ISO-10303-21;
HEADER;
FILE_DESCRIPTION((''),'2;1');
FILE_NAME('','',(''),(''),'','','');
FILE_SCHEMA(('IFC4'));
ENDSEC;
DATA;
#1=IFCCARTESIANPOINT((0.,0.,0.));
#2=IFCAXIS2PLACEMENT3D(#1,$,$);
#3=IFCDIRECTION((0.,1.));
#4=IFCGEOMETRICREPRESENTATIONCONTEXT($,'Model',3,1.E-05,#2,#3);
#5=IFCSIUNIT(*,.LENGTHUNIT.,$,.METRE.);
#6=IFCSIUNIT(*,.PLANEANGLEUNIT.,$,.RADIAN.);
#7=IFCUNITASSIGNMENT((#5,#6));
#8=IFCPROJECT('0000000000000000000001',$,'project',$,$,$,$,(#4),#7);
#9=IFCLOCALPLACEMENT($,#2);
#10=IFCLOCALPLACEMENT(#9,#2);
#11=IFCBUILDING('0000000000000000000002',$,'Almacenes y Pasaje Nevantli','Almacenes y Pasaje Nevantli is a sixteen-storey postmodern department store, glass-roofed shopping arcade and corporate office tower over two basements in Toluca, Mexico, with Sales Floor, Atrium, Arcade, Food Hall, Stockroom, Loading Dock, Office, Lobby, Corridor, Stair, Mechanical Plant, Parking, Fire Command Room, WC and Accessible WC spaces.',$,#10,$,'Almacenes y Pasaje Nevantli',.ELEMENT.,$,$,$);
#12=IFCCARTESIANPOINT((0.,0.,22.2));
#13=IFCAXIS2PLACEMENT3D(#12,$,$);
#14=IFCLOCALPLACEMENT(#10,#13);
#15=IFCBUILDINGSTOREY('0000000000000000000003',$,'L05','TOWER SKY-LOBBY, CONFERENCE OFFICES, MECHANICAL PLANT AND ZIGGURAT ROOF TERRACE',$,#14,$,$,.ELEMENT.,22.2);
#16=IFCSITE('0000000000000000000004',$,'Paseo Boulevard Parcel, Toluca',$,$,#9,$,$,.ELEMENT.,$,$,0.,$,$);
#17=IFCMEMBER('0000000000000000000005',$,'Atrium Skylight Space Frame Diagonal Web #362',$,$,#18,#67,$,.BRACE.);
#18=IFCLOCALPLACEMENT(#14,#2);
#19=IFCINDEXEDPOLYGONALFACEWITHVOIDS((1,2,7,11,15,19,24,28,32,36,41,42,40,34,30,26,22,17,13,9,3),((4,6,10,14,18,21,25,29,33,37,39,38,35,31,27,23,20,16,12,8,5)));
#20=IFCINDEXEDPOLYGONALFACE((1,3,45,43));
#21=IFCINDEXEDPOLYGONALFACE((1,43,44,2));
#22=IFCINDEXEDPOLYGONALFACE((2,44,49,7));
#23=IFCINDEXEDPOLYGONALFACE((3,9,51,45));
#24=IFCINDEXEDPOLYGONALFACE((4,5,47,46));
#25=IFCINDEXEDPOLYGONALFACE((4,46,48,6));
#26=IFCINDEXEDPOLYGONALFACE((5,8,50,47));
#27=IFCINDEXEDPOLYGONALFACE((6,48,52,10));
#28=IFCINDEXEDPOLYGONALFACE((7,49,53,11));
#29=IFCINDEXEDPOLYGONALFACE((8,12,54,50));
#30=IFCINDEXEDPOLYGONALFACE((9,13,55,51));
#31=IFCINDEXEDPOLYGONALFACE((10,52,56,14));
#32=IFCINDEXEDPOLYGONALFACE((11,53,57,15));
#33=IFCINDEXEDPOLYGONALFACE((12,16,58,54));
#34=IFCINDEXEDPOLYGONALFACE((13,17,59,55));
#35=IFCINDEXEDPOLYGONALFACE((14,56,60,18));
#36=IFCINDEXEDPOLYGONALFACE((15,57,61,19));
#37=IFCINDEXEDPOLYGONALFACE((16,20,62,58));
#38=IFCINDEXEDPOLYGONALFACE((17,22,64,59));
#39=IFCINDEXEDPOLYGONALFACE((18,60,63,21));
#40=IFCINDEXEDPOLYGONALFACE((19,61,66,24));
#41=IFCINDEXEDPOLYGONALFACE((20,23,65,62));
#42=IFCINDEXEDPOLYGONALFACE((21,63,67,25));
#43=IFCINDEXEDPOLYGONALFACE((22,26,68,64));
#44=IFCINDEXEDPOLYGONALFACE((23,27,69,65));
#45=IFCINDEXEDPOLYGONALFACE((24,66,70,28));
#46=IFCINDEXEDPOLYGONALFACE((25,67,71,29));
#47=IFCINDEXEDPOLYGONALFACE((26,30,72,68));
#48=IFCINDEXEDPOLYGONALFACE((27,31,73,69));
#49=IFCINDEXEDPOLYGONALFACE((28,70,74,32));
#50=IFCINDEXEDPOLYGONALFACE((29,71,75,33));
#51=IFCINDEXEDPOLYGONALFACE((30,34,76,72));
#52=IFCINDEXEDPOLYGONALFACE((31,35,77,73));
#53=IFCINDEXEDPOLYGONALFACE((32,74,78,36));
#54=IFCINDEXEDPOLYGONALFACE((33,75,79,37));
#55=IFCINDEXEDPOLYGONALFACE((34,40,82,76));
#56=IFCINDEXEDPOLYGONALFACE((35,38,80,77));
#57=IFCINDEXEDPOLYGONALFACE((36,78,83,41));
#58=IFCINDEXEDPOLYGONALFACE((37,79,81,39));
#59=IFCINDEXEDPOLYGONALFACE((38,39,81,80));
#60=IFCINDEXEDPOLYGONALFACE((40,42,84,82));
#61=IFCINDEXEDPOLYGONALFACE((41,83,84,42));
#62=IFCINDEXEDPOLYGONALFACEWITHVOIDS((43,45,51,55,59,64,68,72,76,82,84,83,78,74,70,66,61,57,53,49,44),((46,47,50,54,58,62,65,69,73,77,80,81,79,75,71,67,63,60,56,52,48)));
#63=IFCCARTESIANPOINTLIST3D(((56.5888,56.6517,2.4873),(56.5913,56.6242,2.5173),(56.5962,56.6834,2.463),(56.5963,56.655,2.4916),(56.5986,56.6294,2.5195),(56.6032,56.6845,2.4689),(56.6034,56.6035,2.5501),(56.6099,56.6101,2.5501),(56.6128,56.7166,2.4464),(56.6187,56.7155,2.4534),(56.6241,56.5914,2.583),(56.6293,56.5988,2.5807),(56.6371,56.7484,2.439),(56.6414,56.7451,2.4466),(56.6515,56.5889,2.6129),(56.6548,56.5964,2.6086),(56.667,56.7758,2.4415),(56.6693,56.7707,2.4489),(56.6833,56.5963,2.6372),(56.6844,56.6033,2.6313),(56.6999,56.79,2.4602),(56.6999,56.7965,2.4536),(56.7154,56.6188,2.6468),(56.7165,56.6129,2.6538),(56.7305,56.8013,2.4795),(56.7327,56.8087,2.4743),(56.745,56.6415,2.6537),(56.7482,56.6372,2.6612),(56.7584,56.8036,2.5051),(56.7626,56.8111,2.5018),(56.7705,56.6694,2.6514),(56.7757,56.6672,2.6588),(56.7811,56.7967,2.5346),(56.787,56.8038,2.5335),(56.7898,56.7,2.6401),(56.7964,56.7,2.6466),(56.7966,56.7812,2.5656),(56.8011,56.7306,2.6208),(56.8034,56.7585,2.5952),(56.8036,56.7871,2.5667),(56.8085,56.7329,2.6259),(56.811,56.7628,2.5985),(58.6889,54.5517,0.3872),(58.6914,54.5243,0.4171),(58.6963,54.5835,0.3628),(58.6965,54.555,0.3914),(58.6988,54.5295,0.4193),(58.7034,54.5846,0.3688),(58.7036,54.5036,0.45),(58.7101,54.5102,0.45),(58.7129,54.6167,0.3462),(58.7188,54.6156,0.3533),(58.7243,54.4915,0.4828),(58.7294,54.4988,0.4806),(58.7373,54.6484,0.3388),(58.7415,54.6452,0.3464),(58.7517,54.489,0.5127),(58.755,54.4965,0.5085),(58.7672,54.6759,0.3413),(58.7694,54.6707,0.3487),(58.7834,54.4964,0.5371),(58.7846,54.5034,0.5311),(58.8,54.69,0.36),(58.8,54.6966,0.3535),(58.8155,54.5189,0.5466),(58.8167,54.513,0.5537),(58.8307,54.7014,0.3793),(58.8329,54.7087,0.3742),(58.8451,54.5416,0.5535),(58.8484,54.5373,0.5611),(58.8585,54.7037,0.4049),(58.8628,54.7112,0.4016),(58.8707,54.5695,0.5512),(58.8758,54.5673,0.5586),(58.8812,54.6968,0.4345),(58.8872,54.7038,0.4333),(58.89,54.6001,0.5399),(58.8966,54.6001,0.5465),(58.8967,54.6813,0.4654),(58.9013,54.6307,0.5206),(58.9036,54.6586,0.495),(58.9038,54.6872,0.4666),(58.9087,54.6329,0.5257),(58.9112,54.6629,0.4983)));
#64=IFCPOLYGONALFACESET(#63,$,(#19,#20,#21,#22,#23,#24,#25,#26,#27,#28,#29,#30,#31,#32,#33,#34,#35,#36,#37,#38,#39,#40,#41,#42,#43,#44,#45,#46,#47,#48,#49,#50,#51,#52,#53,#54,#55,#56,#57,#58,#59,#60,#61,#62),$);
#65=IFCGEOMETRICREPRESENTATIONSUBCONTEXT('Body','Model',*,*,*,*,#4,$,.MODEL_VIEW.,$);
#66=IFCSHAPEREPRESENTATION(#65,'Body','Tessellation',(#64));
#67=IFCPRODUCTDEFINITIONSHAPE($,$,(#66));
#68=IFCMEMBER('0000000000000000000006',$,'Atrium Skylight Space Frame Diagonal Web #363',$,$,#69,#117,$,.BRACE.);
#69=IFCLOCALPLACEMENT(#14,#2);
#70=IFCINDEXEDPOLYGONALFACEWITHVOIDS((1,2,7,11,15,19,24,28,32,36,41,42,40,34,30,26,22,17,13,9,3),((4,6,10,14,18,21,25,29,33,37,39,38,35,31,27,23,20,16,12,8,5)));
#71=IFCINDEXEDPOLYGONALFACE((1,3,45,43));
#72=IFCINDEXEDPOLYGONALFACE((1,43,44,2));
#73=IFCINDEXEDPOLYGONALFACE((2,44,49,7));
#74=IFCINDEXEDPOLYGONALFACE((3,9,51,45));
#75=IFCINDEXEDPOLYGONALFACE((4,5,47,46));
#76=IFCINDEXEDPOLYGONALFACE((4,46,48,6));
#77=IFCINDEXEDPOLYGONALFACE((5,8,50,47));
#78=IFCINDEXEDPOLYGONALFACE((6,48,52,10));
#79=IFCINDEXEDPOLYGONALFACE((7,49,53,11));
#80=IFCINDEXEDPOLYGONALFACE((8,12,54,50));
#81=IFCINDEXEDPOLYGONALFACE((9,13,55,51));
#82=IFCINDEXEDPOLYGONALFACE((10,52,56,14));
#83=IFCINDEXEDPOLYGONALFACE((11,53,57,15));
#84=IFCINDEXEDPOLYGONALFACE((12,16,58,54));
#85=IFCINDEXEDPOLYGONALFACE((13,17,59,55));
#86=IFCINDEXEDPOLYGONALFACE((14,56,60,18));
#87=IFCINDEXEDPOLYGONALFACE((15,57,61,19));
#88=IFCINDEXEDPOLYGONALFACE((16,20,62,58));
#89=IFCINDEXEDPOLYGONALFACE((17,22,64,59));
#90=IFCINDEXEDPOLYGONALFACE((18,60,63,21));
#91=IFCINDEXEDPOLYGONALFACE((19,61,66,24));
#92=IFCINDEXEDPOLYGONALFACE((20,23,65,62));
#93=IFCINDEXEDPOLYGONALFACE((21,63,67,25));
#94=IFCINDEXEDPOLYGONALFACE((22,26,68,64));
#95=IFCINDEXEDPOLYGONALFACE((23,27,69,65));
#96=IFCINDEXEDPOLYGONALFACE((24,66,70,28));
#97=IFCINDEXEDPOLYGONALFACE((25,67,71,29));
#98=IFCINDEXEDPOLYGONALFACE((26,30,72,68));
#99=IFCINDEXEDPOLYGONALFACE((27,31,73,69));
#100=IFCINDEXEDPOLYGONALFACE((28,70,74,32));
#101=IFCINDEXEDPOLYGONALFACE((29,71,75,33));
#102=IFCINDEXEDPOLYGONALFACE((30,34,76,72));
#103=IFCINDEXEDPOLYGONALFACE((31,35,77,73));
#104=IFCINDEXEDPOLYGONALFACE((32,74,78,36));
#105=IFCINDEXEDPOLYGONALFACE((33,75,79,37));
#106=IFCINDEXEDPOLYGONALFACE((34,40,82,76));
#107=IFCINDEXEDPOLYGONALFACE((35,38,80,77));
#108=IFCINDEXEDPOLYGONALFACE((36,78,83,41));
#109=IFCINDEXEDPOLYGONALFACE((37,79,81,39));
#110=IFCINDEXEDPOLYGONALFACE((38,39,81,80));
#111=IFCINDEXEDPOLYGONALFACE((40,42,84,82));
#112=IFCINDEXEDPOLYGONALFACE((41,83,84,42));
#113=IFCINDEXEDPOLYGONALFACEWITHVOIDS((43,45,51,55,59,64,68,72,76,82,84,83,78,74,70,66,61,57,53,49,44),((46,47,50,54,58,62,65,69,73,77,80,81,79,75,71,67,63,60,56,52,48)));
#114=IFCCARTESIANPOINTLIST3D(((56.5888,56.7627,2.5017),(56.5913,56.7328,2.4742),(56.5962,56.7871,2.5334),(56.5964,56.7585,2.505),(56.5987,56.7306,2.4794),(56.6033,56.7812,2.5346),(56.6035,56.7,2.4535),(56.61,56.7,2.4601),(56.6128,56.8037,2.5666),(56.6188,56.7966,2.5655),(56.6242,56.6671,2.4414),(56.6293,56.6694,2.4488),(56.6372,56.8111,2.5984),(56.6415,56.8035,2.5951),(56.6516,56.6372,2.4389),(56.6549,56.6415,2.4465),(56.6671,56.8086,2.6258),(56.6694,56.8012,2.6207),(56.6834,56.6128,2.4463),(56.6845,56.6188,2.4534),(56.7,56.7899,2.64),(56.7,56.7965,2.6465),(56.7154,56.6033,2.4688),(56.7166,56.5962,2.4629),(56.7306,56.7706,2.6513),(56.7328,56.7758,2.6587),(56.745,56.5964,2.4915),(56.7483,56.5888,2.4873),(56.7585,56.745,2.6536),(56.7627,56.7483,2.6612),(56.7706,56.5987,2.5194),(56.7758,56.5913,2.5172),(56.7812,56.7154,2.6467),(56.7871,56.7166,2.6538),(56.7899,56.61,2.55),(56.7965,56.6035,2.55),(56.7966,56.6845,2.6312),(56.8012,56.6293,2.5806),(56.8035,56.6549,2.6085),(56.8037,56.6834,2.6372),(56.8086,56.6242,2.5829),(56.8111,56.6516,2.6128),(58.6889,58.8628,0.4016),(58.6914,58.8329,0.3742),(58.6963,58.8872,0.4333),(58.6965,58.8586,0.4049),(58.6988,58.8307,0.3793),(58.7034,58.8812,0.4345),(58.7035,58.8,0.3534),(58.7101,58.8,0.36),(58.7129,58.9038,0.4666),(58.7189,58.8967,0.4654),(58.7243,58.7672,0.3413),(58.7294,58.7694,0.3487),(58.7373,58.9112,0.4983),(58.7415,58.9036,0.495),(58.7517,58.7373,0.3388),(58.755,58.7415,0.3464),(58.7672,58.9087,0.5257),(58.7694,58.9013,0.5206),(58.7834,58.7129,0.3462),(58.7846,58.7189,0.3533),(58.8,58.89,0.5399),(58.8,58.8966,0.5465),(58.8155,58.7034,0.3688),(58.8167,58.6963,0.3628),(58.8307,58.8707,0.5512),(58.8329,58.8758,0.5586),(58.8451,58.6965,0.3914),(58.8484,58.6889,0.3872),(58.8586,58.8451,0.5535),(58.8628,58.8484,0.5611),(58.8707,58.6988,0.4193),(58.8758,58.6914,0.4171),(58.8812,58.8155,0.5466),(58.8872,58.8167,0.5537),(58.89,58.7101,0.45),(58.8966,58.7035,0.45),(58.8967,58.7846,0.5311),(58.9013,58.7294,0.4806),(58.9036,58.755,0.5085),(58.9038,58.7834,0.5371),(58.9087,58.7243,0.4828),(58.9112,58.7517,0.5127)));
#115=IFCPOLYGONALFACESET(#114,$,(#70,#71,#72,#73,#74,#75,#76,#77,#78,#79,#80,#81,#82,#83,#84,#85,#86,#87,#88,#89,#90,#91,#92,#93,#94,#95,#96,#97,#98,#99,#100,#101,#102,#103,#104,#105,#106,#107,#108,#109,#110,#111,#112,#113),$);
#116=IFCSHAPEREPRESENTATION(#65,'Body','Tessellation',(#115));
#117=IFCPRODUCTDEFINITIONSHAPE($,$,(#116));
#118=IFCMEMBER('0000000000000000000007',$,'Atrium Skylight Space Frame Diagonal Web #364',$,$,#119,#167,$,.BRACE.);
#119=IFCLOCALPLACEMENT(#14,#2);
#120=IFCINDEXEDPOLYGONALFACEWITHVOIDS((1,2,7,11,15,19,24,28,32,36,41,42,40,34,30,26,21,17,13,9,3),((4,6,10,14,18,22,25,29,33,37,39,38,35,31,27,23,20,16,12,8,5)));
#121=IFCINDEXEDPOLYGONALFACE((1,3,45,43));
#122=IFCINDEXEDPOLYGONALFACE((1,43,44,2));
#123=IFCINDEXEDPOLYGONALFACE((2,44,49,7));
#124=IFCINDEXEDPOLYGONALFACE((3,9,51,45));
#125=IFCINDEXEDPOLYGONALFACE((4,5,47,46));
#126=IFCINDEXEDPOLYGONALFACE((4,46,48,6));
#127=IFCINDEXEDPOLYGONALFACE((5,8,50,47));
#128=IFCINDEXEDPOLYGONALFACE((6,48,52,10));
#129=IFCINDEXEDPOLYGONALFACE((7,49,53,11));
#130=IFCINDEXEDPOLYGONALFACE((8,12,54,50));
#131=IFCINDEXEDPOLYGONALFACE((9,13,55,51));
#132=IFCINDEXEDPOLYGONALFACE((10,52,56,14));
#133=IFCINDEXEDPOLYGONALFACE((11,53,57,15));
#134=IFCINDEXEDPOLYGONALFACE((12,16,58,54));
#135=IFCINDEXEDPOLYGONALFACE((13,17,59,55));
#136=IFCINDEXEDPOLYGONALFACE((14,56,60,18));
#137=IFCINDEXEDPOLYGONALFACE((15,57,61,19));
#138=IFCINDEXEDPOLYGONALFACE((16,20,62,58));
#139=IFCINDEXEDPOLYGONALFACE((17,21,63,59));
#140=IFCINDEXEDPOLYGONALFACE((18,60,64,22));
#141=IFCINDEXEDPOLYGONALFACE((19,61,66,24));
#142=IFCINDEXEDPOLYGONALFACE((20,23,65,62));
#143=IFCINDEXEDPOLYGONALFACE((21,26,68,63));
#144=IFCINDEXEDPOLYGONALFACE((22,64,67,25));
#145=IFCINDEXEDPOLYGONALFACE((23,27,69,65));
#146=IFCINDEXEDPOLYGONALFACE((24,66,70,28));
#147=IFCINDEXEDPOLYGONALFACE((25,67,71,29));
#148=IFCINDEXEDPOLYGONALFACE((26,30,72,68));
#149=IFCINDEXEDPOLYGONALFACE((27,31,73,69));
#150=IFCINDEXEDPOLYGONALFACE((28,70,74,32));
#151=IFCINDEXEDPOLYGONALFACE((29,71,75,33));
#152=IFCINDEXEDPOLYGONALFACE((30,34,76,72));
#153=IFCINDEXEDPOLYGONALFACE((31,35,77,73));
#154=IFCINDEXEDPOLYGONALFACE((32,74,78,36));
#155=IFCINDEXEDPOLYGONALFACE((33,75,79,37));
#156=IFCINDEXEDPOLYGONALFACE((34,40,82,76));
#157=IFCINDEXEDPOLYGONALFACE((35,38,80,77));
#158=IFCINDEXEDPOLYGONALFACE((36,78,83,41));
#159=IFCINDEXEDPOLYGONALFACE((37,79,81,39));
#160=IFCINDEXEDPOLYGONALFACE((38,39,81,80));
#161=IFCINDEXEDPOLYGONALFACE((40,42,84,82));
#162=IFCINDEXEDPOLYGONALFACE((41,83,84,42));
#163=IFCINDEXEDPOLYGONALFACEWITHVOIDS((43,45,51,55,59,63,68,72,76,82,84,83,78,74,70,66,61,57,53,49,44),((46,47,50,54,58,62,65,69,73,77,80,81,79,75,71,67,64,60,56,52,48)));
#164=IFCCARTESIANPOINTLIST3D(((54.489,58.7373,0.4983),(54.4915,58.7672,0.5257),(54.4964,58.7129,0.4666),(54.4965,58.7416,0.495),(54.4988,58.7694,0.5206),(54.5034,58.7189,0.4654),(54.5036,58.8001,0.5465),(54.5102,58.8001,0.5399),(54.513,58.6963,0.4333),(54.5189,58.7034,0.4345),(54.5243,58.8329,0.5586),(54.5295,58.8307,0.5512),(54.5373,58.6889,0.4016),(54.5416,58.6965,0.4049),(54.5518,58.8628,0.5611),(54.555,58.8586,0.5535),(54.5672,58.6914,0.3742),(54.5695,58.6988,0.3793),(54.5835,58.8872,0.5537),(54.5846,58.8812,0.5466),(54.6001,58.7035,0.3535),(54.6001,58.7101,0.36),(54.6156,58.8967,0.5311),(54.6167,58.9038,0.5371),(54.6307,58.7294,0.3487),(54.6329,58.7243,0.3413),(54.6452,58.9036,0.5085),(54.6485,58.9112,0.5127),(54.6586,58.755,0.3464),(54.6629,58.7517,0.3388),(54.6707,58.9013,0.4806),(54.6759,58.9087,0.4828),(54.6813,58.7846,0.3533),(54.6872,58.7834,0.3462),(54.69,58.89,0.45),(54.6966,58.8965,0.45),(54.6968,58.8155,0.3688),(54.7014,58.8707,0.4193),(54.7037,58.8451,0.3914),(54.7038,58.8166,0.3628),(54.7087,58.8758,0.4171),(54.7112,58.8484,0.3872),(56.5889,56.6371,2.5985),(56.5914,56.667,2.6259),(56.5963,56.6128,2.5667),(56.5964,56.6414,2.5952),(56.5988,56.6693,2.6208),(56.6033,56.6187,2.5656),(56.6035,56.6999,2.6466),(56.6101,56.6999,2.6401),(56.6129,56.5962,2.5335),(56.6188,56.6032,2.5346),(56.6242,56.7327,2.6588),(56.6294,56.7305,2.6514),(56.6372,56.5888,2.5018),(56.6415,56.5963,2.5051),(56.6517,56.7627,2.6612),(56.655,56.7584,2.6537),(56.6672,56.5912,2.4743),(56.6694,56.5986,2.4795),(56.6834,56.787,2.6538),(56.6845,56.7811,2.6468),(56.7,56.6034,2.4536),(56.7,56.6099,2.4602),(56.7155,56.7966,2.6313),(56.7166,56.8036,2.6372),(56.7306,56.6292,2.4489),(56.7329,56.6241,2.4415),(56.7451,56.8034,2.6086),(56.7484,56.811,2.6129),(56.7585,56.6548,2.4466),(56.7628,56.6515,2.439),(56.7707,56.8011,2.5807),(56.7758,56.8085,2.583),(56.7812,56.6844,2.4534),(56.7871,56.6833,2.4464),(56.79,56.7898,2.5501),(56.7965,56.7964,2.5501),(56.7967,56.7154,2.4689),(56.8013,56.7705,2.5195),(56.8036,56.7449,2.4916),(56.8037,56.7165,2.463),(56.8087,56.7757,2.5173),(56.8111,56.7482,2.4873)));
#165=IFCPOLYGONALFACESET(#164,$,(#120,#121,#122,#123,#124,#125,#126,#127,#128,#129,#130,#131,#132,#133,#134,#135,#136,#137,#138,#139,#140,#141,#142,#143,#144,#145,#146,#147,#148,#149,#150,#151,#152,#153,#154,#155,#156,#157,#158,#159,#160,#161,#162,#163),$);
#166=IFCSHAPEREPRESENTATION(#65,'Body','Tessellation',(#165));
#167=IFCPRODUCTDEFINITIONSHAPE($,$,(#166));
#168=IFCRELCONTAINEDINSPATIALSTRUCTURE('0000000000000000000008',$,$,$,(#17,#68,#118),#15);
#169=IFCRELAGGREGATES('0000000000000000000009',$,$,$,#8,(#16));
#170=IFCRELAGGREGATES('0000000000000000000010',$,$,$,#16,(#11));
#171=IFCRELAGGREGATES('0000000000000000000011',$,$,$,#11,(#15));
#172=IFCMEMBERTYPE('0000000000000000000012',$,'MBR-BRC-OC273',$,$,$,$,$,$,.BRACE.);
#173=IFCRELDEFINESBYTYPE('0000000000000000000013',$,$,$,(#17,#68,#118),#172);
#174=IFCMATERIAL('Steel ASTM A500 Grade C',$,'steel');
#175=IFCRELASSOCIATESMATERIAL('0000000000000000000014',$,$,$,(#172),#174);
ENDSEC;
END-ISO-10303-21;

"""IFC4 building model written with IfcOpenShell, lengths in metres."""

from ifc_helpers import new_model, si_unit, direction, frame, origin, origin_2d, place, context, subcontext, project, spatial, hollow_circle, extrude, material, material_profile, profile_set, type_object, element, save


model = new_model("IFC4")

# Units and contexts
model_context = context("Model", 3, precision=1e-05, world=origin(), true_north=direction((0.0, 1.0)))
body_context = subcontext(model_context, "Body", "Model", "MODEL_VIEW")
ifc_project = project(units=[si_unit("LENGTHUNIT", "METRE"), si_unit("PLANEANGLEUNIT", "RADIAN")], contexts=[model_context])

# Site, building, storey
site_placement = place(None, origin())
site = spatial("IfcSite", under=ifc_project, at=site_placement, Name="Paseo Boulevard Parcel, Toluca", CompositionType="ELEMENT", RefElevation=0.0)
building_placement = place(site_placement, origin())
building = spatial("IfcBuilding", under=site, at=building_placement, Name="Almacenes y Pasaje Nevantli", Description="Almacenes y Pasaje Nevantli is a sixteen-storey postmodern department store, glass-roofed shopping arcade and corporate office tower over two basements in Toluca, Mexico, with Sales Floor, Atrium, Arcade, Food Hall, Stockroom, Loading Dock, Office, Lobby, Corridor, Stair, Mechanical Plant, Parking, Fire Command Room, WC and Accessible WC spaces.", LongName="Almacenes y Pasaje Nevantli", CompositionType="ELEMENT")
storey_placement = place(building_placement, frame((0.0, 0.0, 22.2)))
storey = spatial("IfcBuildingStorey", under=building, at=storey_placement, Name="L05", Description="TOWER SKY-LOBBY, CONFERENCE OFFICES, MECHANICAL PLANT AND ZIGGURAT ROOF TERRACE", CompositionType="ELEMENT", Elevation=22.2)

# Members
ifc_material_1 = material(Name="Steel ASTM A500 Grade C", Category="steel")
ifc_material_profile_1 = material_profile(ifc_material_1, hollow_circle(Radius=0.1365, WallThickness=0.0093, at=origin_2d()), Name="OC 273x9.3")
ifc_profile_set_1 = profile_set([ifc_material_profile_1], Name="Steel ASTM A500 Grade C")
member_type_1 = type_object("IfcMemberType", Name="MBR-BRC-OC273", PredefinedType="BRACE", material=ifc_profile_set_1)
for number, where, z_axis, x_axis, name in (
    (1, (58.8, 54.6001, 0.45), (-0.577373, 0.577306, 0.577373), (-0.707066, -0.707148, 0.0), "Atrium Skylight Space Frame Diagonal Web #362"),
    (2, (58.8, 58.8, 0.45), (-0.57735, -0.57735, 0.57735), (0.707107, -0.707107, 0.0), "Atrium Skylight Space Frame Diagonal Web #363"),
    (3, (54.6001, 58.8, 0.45), (0.577306, -0.577373, 0.577373), (0.707148, 0.707066, 0.0), "Atrium Skylight Space Frame Diagonal Web #364"),
):
    element("IfcMember", number, at=place(storey_placement, frame(where, z_axis=z_axis, x_axis=x_axis)), inside=storey, type_object=member_type_1, Name=name, PredefinedType="BRACE", context=body_context, shape_type="SweptSolid", body=[
        extrude(hollow_circle(Radius=0.1365, WallThickness=0.0093, at=origin_2d()), origin(), (0.0, 0.0, 1.0), 3.6375),
    ])

save(model, "model.ifc")
